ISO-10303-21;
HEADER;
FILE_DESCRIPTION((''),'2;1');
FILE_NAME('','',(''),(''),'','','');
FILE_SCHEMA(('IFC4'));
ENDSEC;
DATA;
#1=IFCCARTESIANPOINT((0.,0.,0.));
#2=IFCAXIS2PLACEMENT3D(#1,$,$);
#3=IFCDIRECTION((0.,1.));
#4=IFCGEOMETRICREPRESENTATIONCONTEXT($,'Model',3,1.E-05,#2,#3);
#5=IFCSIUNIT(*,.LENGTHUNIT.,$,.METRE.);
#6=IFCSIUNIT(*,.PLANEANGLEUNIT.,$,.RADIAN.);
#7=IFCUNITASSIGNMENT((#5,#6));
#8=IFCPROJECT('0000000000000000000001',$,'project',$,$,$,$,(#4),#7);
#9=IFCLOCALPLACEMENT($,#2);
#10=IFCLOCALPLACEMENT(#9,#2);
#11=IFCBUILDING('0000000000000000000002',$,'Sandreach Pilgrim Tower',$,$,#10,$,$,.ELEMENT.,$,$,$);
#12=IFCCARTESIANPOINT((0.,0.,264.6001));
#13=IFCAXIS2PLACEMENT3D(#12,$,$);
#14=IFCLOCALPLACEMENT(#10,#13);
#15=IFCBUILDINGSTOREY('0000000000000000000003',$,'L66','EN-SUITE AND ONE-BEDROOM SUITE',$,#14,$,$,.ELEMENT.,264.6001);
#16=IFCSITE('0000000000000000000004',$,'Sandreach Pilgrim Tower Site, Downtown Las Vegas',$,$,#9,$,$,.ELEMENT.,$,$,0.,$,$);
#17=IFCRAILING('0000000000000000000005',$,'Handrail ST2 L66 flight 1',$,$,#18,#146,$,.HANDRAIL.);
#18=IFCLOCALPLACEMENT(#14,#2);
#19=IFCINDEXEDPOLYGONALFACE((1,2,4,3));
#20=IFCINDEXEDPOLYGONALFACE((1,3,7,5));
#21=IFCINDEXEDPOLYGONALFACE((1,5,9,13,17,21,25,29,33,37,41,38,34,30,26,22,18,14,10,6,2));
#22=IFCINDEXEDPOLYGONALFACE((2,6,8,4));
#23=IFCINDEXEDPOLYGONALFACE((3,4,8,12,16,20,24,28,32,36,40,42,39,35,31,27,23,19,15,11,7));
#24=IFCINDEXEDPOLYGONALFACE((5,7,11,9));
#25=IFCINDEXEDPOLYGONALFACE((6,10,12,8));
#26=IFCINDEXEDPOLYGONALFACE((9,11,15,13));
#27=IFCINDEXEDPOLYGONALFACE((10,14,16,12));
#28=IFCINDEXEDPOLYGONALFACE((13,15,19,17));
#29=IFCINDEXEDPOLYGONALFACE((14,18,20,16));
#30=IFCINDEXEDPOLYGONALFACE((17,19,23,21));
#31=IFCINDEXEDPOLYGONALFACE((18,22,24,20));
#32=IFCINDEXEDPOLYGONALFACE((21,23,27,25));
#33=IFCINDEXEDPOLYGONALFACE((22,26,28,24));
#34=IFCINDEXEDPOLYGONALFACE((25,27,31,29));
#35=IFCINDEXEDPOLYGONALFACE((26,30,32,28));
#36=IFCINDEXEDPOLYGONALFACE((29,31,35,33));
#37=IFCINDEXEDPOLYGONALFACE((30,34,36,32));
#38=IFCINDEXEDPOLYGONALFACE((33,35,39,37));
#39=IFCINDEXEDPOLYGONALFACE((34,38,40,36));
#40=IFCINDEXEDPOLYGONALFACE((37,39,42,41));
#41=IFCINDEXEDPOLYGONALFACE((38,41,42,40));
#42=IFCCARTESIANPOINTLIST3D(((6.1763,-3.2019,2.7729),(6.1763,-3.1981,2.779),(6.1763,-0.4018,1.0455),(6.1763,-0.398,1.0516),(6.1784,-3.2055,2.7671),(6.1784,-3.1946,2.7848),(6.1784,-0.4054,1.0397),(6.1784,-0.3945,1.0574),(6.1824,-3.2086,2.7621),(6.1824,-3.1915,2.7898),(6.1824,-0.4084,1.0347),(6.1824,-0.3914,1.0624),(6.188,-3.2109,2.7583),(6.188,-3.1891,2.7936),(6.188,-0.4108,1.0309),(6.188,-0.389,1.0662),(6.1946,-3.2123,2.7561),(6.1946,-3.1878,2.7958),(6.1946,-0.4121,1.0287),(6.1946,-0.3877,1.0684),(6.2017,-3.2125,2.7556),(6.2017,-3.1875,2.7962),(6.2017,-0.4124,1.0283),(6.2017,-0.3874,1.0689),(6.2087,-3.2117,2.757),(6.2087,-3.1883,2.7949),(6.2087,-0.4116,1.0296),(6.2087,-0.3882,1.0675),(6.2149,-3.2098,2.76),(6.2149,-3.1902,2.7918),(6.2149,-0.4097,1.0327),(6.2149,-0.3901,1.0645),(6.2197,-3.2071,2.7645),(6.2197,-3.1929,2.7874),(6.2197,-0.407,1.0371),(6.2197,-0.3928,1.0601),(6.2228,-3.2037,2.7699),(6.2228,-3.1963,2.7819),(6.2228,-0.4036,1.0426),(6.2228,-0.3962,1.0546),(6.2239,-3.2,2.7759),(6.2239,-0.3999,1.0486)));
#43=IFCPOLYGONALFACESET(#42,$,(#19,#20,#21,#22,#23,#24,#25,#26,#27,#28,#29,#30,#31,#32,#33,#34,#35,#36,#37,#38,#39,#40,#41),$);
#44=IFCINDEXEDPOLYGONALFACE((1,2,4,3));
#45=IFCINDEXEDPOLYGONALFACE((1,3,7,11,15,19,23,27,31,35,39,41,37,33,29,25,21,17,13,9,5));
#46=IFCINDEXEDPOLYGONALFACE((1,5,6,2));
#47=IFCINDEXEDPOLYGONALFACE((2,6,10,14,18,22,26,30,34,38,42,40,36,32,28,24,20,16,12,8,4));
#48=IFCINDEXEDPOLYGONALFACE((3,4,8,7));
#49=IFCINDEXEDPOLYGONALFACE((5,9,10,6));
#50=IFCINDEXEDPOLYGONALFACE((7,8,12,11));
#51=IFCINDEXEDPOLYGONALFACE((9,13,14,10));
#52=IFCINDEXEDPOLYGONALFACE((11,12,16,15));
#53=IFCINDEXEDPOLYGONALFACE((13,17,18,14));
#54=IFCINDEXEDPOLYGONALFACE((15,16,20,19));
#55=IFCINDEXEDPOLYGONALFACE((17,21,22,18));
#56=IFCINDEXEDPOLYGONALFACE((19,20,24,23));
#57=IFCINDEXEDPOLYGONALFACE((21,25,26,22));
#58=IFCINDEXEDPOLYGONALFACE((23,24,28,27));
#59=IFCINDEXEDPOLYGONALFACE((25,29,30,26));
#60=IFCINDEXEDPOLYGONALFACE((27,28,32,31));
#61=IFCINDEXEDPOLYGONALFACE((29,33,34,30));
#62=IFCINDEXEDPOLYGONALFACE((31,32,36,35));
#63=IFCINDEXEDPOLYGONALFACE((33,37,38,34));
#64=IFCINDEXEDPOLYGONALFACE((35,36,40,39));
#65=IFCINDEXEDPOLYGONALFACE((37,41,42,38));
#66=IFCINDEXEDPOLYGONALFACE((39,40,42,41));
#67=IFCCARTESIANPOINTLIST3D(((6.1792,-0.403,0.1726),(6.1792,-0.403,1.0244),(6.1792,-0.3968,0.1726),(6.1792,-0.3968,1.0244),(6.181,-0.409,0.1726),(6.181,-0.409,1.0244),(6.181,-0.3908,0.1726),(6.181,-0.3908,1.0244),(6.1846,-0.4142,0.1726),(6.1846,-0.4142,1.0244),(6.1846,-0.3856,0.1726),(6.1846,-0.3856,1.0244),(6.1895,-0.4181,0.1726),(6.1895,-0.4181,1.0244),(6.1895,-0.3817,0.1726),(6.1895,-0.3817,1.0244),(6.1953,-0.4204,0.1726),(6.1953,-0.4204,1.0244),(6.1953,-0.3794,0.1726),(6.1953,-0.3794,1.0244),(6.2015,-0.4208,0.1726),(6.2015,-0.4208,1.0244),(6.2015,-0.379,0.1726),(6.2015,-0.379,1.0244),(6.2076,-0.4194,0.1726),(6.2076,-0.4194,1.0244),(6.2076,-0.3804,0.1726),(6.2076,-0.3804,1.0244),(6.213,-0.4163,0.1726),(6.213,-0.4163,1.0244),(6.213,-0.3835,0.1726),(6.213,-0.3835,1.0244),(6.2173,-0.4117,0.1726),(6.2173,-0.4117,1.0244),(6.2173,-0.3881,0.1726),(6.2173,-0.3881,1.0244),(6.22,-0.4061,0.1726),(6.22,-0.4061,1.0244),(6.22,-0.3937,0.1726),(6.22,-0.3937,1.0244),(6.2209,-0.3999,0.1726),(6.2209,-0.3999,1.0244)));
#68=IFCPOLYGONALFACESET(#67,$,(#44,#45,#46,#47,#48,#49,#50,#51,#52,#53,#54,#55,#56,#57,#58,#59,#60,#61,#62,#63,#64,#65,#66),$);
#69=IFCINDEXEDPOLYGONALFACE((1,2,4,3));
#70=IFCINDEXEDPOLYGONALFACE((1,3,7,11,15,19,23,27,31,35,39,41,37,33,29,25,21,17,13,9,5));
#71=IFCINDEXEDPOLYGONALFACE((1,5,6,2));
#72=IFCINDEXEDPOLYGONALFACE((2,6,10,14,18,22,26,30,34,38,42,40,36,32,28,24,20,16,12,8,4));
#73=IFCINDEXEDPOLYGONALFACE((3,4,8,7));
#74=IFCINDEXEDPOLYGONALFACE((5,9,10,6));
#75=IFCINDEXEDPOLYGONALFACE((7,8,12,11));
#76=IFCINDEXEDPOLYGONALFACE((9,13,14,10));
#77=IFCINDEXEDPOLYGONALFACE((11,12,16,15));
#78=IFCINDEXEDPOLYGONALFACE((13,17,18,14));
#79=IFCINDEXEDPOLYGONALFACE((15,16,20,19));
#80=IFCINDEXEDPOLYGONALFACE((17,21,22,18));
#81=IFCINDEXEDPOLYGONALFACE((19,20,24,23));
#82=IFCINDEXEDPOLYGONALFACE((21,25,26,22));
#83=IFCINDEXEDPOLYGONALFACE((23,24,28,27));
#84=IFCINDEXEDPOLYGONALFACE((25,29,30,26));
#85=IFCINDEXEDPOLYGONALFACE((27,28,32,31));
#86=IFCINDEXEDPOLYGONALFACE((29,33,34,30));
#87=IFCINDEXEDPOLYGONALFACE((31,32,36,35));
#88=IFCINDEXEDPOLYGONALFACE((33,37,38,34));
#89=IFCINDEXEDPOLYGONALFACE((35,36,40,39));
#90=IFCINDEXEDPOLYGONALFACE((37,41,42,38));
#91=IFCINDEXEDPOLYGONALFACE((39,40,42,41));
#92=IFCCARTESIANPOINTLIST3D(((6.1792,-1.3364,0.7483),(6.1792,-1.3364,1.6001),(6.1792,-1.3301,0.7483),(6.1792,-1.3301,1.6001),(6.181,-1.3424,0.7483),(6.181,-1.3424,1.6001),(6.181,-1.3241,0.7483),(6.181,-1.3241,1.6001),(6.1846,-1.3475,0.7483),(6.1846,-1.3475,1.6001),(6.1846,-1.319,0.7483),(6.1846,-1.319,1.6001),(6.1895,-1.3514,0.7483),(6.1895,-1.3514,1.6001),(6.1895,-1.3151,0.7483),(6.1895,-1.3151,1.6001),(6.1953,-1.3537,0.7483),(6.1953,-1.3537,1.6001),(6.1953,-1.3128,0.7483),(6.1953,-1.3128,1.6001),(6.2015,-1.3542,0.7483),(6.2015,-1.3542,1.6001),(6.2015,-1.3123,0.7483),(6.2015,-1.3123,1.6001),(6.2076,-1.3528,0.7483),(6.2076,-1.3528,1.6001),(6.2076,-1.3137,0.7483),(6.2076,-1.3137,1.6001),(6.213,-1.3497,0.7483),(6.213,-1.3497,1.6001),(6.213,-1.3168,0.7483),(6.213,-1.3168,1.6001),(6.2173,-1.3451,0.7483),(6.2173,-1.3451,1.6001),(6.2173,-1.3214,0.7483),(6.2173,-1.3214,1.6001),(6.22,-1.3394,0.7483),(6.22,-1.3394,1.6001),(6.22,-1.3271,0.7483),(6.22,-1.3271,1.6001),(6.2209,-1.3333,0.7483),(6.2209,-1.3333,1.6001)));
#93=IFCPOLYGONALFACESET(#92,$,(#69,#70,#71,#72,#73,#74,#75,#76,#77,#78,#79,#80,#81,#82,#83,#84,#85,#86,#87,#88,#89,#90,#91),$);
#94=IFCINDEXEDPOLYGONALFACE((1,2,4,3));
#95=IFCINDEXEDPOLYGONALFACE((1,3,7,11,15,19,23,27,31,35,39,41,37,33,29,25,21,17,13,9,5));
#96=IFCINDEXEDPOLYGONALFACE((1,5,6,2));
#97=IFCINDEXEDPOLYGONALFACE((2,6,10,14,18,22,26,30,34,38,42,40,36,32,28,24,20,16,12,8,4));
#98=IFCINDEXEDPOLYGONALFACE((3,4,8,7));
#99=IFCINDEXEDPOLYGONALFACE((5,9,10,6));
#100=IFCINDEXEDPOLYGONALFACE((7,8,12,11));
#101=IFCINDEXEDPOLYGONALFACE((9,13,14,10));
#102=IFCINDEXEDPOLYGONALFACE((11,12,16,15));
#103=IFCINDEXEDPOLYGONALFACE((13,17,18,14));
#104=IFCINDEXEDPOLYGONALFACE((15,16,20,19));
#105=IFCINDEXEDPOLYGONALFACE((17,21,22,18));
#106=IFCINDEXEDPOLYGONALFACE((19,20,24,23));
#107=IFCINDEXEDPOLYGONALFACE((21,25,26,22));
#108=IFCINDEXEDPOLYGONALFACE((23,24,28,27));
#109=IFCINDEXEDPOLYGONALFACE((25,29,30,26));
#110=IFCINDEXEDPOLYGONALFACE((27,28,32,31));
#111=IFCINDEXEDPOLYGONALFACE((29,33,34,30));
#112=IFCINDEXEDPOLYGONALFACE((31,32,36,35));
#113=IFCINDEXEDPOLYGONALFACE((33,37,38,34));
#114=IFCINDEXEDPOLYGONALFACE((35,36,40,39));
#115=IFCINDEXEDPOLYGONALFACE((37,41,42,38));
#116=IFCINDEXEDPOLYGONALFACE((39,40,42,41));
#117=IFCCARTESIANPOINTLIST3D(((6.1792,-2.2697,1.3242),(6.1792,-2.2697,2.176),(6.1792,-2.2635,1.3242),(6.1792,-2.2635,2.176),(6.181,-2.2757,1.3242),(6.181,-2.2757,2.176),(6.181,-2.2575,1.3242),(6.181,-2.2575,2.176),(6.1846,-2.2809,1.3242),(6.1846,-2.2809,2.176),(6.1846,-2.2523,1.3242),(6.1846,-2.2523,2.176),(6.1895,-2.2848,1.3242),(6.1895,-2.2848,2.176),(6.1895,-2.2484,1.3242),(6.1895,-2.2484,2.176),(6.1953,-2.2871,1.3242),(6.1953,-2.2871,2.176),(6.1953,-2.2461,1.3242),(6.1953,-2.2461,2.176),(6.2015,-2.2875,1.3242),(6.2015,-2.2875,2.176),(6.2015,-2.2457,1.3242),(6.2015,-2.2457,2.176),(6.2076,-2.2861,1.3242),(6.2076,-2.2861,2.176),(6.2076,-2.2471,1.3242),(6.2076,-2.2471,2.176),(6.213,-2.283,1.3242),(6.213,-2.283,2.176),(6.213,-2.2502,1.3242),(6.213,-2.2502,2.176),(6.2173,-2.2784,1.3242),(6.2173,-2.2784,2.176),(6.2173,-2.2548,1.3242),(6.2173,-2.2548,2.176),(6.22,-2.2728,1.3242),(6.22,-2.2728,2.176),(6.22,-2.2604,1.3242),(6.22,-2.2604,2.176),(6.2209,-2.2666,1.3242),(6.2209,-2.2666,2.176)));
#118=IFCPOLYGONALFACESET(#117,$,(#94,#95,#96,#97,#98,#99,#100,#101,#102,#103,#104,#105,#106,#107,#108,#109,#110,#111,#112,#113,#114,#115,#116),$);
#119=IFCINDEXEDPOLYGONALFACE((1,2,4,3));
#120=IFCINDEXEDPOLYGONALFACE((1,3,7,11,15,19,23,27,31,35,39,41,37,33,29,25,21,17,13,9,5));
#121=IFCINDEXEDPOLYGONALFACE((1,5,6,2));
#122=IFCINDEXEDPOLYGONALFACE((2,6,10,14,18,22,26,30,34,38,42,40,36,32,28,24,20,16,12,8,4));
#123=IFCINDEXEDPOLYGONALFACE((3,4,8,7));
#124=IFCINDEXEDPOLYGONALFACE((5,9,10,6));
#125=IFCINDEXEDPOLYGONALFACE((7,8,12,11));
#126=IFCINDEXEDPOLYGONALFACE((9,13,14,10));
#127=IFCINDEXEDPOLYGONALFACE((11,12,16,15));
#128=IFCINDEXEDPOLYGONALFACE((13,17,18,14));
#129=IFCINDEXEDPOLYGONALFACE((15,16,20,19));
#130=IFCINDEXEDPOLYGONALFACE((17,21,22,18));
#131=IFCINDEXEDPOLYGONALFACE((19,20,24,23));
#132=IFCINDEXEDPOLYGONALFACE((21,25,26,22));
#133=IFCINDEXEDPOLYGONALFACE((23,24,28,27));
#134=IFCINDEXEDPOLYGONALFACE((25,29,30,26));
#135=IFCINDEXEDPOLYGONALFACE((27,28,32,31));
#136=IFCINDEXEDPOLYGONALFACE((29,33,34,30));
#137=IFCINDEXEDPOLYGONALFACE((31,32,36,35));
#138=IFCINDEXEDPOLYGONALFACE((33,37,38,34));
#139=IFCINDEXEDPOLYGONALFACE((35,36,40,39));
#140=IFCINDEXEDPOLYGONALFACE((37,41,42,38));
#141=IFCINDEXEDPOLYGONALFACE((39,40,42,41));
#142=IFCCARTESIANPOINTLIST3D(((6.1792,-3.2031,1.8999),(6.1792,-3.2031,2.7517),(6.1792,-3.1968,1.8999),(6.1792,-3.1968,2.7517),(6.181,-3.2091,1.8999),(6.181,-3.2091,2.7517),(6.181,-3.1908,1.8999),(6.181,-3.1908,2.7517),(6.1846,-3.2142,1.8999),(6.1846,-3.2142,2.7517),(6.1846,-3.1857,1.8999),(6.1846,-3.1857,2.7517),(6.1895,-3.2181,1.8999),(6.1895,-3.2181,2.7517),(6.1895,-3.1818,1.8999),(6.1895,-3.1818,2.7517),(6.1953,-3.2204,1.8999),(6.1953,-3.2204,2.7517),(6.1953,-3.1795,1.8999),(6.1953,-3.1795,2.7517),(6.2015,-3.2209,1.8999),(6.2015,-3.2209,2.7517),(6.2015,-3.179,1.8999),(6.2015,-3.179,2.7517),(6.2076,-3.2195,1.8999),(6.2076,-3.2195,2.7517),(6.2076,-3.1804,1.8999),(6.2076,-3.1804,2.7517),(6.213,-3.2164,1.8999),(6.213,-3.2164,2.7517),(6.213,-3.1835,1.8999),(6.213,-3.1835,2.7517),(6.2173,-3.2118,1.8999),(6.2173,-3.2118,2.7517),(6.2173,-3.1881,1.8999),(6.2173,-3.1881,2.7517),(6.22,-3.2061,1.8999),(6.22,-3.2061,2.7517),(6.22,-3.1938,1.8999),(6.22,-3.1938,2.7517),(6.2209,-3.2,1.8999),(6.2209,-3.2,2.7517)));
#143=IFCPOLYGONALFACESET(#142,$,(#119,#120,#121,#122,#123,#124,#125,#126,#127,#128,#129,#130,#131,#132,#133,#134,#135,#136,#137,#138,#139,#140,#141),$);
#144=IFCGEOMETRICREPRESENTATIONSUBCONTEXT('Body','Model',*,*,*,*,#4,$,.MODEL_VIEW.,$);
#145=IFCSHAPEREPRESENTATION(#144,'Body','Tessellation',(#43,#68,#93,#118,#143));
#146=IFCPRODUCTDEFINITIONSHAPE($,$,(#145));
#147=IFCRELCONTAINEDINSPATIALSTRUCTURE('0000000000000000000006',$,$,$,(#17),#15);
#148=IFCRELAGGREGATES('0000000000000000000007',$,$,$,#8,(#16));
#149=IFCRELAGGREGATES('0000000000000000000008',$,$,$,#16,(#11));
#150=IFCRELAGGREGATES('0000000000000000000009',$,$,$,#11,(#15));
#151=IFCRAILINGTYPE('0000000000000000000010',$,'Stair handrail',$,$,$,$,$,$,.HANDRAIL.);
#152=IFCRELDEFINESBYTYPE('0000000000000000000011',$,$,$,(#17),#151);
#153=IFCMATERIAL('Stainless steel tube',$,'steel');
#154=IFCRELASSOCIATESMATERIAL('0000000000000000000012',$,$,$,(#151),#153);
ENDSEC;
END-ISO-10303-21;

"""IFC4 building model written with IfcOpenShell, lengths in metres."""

from ifc_helpers import new_model, si_unit, direction, frame, origin, origin_2d, place, context, subcontext, project, spatial, circle, extrude, material, type_object, element, save


model = new_model("IFC4")

# Units and contexts
model_context = context("Model", 3, precision=1e-05, world=origin(), true_north=direction((0.0, 1.0)))
body_context = subcontext(model_context, "Body", "Model", "MODEL_VIEW")
ifc_project = project(units=[si_unit("LENGTHUNIT", "METRE"), si_unit("PLANEANGLEUNIT", "RADIAN")], contexts=[model_context])

# Site, building, storey
site_placement = place(None, origin())
site = spatial("IfcSite", under=ifc_project, at=site_placement, Name="Sandreach Pilgrim Tower Site, Downtown Las Vegas", CompositionType="ELEMENT", RefElevation=0.0)
building_placement = place(site_placement, origin())
building = spatial("IfcBuilding", under=site, at=building_placement, Name="Sandreach Pilgrim Tower", CompositionType="ELEMENT")
storey_placement = place(building_placement, frame((0.0, 0.0, 264.6001)))
storey = spatial("IfcBuildingStorey", under=building, at=storey_placement, Name="L66", Description="EN-SUITE AND ONE-BEDROOM SUITE", CompositionType="ELEMENT", Elevation=264.6001)

# Railing
ifc_material_1 = material(Name="Stainless steel tube", Category="steel")
railing_type = type_object("IfcRailingType", Name="Stair handrail", PredefinedType="HANDRAIL", material=ifc_material_1)
for number, where, name in (
    (1, (6.2, -0.3999, 0.1726), "Handrail ST2 L66 flight 1"),
):
    element("IfcRailing", number, at=place(storey_placement, frame(where)), inside=storey, type_object=railing_type, Name=name, PredefinedType="HANDRAIL", context=body_context, shape_type="SweptSolid", body=[
        extrude(circle(Radius=0.0239, at=origin_2d()), frame((0.0, 0.0, 0.876), z_axis=(0.0, -0.85109, 0.52502), x_axis=(1.0, 0.0, 0.0)), (0.0, 0.0, 1.0), 3.29),
        extrude(circle(Radius=0.021, at=origin_2d()), origin(), (0.0, 0.0, 1.0), 0.8518),
        extrude(circle(Radius=0.021, at=origin_2d()), frame((0.0, -0.9333, 0.5757)), (0.0, 0.0, 1.0), 0.8518),
        extrude(circle(Radius=0.021, at=origin_2d()), frame((0.0, -1.8667, 1.1516)), (0.0, 0.0, 1.0), 0.8518),
        extrude(circle(Radius=0.021, at=origin_2d()), frame((0.0, -2.8, 1.7273)), (0.0, 0.0, 1.0), 0.8518),
    ])

save(model, "model.ifc")
